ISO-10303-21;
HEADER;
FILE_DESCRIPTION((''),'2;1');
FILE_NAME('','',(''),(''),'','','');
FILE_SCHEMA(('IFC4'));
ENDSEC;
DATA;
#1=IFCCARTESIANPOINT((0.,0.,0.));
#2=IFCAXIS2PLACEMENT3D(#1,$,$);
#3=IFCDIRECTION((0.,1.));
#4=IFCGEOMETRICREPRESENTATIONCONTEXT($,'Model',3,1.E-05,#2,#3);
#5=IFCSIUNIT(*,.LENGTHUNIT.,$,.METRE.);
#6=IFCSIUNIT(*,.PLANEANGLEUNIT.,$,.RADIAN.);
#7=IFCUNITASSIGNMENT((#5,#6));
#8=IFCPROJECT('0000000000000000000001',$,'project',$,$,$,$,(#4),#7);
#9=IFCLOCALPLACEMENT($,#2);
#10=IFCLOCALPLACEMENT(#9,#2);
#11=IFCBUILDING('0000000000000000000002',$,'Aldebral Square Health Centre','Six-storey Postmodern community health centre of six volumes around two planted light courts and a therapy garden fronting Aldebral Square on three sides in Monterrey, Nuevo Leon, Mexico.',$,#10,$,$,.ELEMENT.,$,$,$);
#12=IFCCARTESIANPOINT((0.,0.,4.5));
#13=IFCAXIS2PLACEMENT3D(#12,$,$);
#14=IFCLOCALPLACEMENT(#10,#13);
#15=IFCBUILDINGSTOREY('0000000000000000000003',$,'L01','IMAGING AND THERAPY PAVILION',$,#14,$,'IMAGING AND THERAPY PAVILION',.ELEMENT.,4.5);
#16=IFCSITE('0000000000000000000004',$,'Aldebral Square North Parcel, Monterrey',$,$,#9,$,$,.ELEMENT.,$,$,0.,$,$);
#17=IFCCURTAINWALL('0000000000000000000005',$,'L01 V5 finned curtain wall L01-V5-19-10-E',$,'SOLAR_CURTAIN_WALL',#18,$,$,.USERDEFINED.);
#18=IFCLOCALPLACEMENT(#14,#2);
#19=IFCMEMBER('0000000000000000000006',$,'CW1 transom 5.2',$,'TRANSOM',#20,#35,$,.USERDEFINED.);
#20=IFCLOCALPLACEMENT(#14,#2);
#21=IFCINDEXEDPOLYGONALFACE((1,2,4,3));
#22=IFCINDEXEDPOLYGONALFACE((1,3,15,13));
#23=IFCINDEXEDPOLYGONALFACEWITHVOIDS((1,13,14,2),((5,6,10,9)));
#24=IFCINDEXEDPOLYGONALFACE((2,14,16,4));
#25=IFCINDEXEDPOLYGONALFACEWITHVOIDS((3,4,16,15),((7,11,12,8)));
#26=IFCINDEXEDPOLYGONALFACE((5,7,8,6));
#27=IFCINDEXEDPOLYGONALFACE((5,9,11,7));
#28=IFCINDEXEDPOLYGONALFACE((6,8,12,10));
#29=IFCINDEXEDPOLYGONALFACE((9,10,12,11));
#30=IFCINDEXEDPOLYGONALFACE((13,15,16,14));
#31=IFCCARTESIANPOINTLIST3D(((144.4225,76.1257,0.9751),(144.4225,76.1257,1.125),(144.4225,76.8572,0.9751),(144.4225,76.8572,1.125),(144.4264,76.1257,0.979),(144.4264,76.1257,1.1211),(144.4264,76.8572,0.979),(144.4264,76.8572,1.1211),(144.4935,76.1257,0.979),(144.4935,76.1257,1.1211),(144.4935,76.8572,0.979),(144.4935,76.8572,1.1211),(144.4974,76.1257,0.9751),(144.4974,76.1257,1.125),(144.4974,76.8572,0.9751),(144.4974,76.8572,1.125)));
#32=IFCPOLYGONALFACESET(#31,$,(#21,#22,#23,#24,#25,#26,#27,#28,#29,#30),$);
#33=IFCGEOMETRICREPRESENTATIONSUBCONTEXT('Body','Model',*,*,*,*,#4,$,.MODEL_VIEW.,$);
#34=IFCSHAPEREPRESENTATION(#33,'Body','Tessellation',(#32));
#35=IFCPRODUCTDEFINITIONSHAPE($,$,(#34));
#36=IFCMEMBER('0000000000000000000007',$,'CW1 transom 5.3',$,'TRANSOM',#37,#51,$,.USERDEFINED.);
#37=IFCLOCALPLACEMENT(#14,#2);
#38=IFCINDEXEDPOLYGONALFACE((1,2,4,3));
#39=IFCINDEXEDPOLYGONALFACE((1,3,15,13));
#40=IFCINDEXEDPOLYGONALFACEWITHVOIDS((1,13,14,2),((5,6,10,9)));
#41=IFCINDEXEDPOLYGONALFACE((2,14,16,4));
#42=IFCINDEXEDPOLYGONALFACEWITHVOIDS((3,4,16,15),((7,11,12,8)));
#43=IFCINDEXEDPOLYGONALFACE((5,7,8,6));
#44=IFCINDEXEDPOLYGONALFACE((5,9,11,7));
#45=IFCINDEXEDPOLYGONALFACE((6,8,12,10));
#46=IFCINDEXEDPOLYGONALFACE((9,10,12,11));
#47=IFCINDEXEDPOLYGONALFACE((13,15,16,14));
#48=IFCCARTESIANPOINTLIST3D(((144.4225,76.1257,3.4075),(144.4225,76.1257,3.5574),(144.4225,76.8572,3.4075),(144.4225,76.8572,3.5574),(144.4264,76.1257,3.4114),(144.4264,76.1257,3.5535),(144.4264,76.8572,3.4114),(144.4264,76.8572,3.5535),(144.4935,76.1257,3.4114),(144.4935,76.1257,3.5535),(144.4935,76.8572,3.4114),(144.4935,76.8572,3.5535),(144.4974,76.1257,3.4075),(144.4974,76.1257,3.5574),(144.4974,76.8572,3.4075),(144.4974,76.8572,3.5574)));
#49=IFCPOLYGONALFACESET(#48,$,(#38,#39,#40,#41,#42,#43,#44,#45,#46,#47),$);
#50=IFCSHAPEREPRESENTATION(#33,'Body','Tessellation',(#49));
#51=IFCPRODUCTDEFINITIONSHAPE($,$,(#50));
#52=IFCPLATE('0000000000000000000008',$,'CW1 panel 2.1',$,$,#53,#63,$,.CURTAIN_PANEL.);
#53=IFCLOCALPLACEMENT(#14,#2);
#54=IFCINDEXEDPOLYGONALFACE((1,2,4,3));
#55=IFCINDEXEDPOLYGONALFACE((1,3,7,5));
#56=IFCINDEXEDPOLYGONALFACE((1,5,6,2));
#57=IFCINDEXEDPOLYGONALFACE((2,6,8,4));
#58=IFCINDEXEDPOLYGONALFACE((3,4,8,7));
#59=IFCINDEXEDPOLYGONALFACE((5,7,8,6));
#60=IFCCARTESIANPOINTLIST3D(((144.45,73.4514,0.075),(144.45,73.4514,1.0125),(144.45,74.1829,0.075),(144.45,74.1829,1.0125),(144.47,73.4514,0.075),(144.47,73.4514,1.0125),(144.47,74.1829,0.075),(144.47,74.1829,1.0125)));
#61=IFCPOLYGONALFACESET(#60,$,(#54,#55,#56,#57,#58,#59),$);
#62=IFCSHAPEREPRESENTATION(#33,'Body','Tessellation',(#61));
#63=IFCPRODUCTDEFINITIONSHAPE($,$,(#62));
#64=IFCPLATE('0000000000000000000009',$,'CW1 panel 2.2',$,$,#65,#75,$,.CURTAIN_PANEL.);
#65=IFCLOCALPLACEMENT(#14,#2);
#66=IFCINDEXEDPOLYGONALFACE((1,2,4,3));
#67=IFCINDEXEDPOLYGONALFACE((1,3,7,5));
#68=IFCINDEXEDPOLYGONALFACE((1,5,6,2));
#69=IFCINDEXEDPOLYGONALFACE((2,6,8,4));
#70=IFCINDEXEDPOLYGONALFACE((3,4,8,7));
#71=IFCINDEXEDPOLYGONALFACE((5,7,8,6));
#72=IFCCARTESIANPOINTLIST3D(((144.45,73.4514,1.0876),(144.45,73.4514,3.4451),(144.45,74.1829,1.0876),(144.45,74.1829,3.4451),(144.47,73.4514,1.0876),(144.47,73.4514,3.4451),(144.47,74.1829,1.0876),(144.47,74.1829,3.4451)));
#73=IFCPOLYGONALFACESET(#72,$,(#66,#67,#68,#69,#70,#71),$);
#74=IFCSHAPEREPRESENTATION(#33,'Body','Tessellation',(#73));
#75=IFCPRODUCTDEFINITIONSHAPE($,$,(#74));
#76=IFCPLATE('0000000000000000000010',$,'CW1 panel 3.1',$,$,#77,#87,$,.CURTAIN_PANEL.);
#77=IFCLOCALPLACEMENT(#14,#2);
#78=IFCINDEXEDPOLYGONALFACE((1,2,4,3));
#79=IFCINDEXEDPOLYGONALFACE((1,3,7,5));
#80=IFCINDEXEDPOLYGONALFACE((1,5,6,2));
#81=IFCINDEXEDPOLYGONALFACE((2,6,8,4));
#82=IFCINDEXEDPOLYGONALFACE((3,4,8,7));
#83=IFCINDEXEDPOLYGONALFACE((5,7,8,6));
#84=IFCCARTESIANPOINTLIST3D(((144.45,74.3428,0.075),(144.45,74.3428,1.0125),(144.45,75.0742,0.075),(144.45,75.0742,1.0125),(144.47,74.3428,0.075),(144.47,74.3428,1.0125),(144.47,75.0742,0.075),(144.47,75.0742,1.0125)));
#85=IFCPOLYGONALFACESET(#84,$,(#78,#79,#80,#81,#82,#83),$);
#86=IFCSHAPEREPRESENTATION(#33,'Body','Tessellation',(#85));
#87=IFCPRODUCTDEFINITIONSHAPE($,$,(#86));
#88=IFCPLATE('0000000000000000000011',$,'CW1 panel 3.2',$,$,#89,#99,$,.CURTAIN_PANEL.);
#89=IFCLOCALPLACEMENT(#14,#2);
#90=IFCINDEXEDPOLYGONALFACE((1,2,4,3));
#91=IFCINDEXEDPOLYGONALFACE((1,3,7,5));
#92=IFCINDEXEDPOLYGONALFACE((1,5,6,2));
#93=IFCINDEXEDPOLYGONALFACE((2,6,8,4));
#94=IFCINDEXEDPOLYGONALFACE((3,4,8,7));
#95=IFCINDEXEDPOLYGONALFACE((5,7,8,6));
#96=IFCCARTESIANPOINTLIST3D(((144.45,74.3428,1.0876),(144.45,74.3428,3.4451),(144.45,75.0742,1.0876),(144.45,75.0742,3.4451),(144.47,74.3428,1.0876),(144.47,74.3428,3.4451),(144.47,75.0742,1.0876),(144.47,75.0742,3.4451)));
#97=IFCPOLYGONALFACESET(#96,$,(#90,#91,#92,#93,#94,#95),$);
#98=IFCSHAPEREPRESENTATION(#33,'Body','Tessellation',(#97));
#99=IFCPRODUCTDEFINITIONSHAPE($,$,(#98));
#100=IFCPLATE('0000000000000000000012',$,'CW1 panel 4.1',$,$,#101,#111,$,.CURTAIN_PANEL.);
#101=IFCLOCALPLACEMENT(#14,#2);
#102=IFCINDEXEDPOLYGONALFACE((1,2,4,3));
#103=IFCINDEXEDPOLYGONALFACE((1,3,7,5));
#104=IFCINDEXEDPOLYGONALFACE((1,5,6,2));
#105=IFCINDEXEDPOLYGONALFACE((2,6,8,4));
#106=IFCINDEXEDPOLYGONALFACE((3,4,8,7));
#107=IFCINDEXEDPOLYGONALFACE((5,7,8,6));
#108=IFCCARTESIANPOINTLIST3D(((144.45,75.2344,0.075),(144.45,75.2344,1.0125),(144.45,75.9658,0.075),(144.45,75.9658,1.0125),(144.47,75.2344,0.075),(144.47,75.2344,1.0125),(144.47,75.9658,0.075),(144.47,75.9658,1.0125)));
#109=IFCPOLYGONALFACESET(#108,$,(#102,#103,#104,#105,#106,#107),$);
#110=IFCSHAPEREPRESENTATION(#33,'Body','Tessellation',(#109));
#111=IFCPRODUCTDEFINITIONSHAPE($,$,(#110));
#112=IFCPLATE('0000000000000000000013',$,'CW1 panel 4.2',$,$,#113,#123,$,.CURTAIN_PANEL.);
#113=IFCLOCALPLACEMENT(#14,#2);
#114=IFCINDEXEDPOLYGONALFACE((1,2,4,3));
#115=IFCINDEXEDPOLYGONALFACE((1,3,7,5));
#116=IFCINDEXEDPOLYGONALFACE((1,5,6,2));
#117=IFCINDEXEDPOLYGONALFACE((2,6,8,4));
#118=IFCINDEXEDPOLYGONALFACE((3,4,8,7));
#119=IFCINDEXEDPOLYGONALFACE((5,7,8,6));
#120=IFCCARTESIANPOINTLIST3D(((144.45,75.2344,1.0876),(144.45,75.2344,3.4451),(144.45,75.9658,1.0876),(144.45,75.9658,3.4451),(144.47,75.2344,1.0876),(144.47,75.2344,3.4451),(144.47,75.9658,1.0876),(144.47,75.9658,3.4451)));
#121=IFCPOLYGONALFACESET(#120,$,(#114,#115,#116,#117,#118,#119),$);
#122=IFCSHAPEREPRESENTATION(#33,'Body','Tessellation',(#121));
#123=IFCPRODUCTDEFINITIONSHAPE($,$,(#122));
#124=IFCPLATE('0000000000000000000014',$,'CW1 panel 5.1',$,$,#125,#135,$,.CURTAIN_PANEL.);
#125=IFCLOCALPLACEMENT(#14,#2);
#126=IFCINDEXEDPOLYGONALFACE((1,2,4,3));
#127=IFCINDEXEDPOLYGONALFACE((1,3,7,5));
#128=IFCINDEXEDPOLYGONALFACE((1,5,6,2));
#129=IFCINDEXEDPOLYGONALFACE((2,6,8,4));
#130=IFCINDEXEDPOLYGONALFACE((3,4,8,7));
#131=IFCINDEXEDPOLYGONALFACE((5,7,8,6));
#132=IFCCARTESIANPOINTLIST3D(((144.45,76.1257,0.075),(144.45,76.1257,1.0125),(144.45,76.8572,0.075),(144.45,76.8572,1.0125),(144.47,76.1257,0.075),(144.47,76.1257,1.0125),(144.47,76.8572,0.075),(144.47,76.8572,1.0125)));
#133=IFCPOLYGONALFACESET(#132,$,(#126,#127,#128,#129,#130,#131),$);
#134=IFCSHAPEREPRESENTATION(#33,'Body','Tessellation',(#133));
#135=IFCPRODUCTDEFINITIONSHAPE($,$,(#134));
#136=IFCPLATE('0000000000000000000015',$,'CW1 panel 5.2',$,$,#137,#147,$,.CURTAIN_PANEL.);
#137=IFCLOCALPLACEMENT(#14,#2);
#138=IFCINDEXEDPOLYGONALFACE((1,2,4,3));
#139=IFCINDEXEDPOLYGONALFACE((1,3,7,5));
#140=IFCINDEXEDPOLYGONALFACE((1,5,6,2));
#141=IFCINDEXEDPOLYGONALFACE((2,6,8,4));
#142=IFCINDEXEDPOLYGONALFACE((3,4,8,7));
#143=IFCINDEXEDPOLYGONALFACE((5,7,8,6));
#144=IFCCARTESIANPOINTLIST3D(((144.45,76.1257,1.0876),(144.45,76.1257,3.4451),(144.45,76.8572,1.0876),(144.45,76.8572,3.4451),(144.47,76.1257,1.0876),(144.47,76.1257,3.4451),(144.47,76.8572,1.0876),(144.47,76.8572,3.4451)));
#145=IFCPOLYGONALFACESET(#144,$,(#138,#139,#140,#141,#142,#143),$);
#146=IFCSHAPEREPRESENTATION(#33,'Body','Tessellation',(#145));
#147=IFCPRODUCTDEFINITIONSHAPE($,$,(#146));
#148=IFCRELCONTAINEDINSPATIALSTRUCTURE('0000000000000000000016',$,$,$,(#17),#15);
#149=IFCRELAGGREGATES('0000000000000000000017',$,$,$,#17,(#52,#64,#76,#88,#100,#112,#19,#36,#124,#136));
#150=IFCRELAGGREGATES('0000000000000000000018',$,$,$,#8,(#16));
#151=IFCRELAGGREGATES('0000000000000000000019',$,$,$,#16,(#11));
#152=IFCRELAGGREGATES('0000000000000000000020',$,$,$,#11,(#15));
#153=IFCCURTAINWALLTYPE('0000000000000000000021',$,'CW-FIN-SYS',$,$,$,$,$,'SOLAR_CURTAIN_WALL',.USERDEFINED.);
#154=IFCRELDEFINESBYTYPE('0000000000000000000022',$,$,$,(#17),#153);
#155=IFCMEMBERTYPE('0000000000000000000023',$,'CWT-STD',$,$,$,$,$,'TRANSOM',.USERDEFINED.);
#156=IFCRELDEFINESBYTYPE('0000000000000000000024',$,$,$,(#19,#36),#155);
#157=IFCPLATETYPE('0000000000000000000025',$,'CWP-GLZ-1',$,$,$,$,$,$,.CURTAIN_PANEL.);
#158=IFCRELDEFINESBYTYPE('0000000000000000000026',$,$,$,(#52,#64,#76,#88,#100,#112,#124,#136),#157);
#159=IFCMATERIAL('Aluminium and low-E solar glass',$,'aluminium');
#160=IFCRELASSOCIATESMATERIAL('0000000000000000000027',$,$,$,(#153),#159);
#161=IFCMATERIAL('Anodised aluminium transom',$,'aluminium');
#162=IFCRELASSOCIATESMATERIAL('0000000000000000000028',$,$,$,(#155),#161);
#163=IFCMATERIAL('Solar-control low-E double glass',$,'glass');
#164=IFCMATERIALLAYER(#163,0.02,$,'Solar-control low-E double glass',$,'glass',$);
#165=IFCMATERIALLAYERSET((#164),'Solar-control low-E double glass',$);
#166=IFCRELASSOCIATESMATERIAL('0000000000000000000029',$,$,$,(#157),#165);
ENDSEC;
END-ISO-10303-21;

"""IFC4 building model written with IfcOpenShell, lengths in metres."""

from ifc_helpers import new_model, si_unit, direction, frame, origin, origin_2d, place, context, subcontext, project, spatial, rectangle, hollow_rectangle, extrude, material, layer, layer_set, material_profile, profile_set, type_object, element, aggregate, save


model = new_model("IFC4")

# Units and contexts
model_context = context("Model", 3, precision=1e-05, world=origin(), true_north=direction((0.0, 1.0)))
body_context = subcontext(model_context, "Body", "Model", "MODEL_VIEW")
ifc_project = project(units=[si_unit("LENGTHUNIT", "METRE"), si_unit("PLANEANGLEUNIT", "RADIAN")], contexts=[model_context])

# Site, building, storey
site_placement = place(None, origin())
site = spatial("IfcSite", under=ifc_project, at=site_placement, Name="Aldebral Square North Parcel, Monterrey", CompositionType="ELEMENT", RefElevation=0.0)
building_placement = place(site_placement, origin())
building = spatial("IfcBuilding", under=site, at=building_placement, Name="Aldebral Square Health Centre", Description="Six-storey Postmodern community health centre of six volumes around two planted light courts and a therapy garden fronting Aldebral Square on three sides in Monterrey, Nuevo Leon, Mexico.", CompositionType="ELEMENT")
storey_placement = place(building_placement, frame((0.0, 0.0, 4.5)))
storey = spatial("IfcBuildingStorey", under=building, at=storey_placement, Name="L01", Description="IMAGING AND THERAPY PAVILION", LongName="IMAGING AND THERAPY PAVILION", CompositionType="ELEMENT", Elevation=4.5)

# Curtain wall, members, plates
ifc_material_1 = material(Name="Aluminium and low-E solar glass", Category="aluminium")
curtain_wall_type = type_object("IfcCurtainWallType", Name="CW-FIN-SYS", ElementType="SOLAR_CURTAIN_WALL", PredefinedType="USERDEFINED", material=ifc_material_1)
curtain_wall_placement = place(storey_placement, origin())
curtain_wall = element("IfcCurtainWall", 1, at=curtain_wall_placement, inside=storey, type_object=curtain_wall_type, Name="L01 V5 finned curtain wall L01-V5-19-10-E", ObjectType="SOLAR_CURTAIN_WALL", PredefinedType="USERDEFINED")
ifc_material_2 = material(Name="Anodised aluminium transom", Category="aluminium")
ifc_material_profile_1 = material_profile(ifc_material_2, hollow_rectangle(XDim=0.075, YDim=0.1499, WallThickness=0.0039, at=origin_2d()), Name="CWT 75x150x4")
ifc_profile_set_1 = profile_set([ifc_material_profile_1], Name="Anodised aluminium transom")
member_type_1 = type_object("IfcMemberType", Name="CWT-STD", ElementType="TRANSOM", PredefinedType="USERDEFINED", material=ifc_profile_set_1)
member_1_placement = place(storey_placement, frame((144.46, 76.1257, 1.05), z_axis=(0.0, 1.0, 0.0), x_axis=(-1.0, 0.0, 0.0)))
member_1 = element("IfcMember", 2, at=member_1_placement, type_object=member_type_1, Name="CW1 transom 5.2", ObjectType="TRANSOM", PredefinedType="USERDEFINED", context=body_context, shape_type="SweptSolid", body=[
    extrude(hollow_rectangle(XDim=0.075, YDim=0.1499, WallThickness=0.0039, at=origin_2d()), origin(), (0.0, 0.0, 1.0), 0.7314),
])
member_2_placement = place(storey_placement, frame((144.46, 76.1257, 3.4824), z_axis=(0.0, 1.0, 0.0), x_axis=(-1.0, 0.0, 0.0)))
member_2 = element("IfcMember", 3, at=member_2_placement, type_object=member_type_1, Name="CW1 transom 5.3", ObjectType="TRANSOM", PredefinedType="USERDEFINED", context=body_context, shape_type="SweptSolid", body=[
    extrude(hollow_rectangle(XDim=0.075, YDim=0.1499, WallThickness=0.0039, at=origin_2d()), origin(), (0.0, 0.0, 1.0), 0.7314),
])
ifc_material_3 = material(Name="Solar-control low-E double glass", Category="glass")
ifc_layer = layer(ifc_material_3, 0.02, Name="Solar-control low-E double glass", Category="glass")
ifc_layer_set = layer_set([ifc_layer], Name="Solar-control low-E double glass")
plate_type = type_object("IfcPlateType", Name="CWP-GLZ-1", PredefinedType="CURTAIN_PANEL", material=ifc_layer_set)
plate_1_placement = place(storey_placement, frame((144.46, 73.8171, 0.075), z_axis=(0.0, 0.0, 1.0), x_axis=(0.0, 1.0, 0.0)))
plate_1 = element("IfcPlate", 4, at=plate_1_placement, type_object=plate_type, Name="CW1 panel 2.1", PredefinedType="CURTAIN_PANEL", context=body_context, shape_type="SweptSolid", body=[
    extrude(rectangle(XDim=0.7314, YDim=0.02, at=origin_2d()), origin(), (0.0, 0.0, 1.0), 0.9375),
])
plate_2_placement = place(storey_placement, frame((144.46, 73.8171, 1.0876), z_axis=(0.0, 0.0, 1.0), x_axis=(0.0, 1.0, 0.0)))
plate_2 = element("IfcPlate", 5, at=plate_2_placement, type_object=plate_type, Name="CW1 panel 2.2", PredefinedType="CURTAIN_PANEL", context=body_context, shape_type="SweptSolid", body=[
    extrude(rectangle(XDim=0.7314, YDim=0.02, at=origin_2d()), origin(), (0.0, 0.0, 1.0), 2.3574),
])
plate_3_placement = place(storey_placement, frame((144.46, 74.7085, 0.075), z_axis=(0.0, 0.0, 1.0), x_axis=(0.0, 1.0, 0.0)))
plate_3 = element("IfcPlate", 6, at=plate_3_placement, type_object=plate_type, Name="CW1 panel 3.1", PredefinedType="CURTAIN_PANEL", context=body_context, shape_type="SweptSolid", body=[
    extrude(rectangle(XDim=0.7314, YDim=0.02, at=origin_2d()), origin(), (0.0, 0.0, 1.0), 0.9375),
])
plate_4_placement = place(storey_placement, frame((144.46, 74.7085, 1.0876), z_axis=(0.0, 0.0, 1.0), x_axis=(0.0, 1.0, 0.0)))
plate_4 = element("IfcPlate", 7, at=plate_4_placement, type_object=plate_type, Name="CW1 panel 3.2", PredefinedType="CURTAIN_PANEL", context=body_context, shape_type="SweptSolid", body=[
    extrude(rectangle(XDim=0.7314, YDim=0.02, at=origin_2d()), origin(), (0.0, 0.0, 1.0), 2.3574),
])
plate_5_placement = place(storey_placement, frame((144.46, 75.6001, 0.075), z_axis=(0.0, 0.0, 1.0), x_axis=(0.0, 1.0, 0.0)))
plate_5 = element("IfcPlate", 8, at=plate_5_placement, type_object=plate_type, Name="CW1 panel 4.1", PredefinedType="CURTAIN_PANEL", context=body_context, shape_type="SweptSolid", body=[
    extrude(rectangle(XDim=0.7314, YDim=0.02, at=origin_2d()), origin(), (0.0, 0.0, 1.0), 0.9375),
])
plate_6_placement = place(storey_placement, frame((144.46, 75.6001, 1.0876), z_axis=(0.0, 0.0, 1.0), x_axis=(0.0, 1.0, 0.0)))
plate_6 = element("IfcPlate", 9, at=plate_6_placement, type_object=plate_type, Name="CW1 panel 4.2", PredefinedType="CURTAIN_PANEL", context=body_context, shape_type="SweptSolid", body=[
    extrude(rectangle(XDim=0.7314, YDim=0.02, at=origin_2d()), origin(), (0.0, 0.0, 1.0), 2.3574),
])
plate_7_placement = place(storey_placement, frame((144.46, 76.4915, 0.075), z_axis=(0.0, 0.0, 1.0), x_axis=(0.0, 1.0, 0.0)))
plate_7 = element("IfcPlate", 10, at=plate_7_placement, type_object=plate_type, Name="CW1 panel 5.1", PredefinedType="CURTAIN_PANEL", context=body_context, shape_type="SweptSolid", body=[
    extrude(rectangle(XDim=0.7314, YDim=0.02, at=origin_2d()), origin(), (0.0, 0.0, 1.0), 0.9375),
])
plate_8_placement = place(storey_placement, frame((144.46, 76.4915, 1.0876), z_axis=(0.0, 0.0, 1.0), x_axis=(0.0, 1.0, 0.0)))
plate_8 = element("IfcPlate", 11, at=plate_8_placement, type_object=plate_type, Name="CW1 panel 5.2", PredefinedType="CURTAIN_PANEL", context=body_context, shape_type="SweptSolid", body=[
    extrude(rectangle(XDim=0.7314, YDim=0.02, at=origin_2d()), origin(), (0.0, 0.0, 1.0), 2.3574),
])
aggregate(curtain_wall, [plate_1, plate_2, plate_3, plate_4, plate_5, plate_6, member_1, member_2, plate_7, plate_8])

save(model, "model.ifc")
